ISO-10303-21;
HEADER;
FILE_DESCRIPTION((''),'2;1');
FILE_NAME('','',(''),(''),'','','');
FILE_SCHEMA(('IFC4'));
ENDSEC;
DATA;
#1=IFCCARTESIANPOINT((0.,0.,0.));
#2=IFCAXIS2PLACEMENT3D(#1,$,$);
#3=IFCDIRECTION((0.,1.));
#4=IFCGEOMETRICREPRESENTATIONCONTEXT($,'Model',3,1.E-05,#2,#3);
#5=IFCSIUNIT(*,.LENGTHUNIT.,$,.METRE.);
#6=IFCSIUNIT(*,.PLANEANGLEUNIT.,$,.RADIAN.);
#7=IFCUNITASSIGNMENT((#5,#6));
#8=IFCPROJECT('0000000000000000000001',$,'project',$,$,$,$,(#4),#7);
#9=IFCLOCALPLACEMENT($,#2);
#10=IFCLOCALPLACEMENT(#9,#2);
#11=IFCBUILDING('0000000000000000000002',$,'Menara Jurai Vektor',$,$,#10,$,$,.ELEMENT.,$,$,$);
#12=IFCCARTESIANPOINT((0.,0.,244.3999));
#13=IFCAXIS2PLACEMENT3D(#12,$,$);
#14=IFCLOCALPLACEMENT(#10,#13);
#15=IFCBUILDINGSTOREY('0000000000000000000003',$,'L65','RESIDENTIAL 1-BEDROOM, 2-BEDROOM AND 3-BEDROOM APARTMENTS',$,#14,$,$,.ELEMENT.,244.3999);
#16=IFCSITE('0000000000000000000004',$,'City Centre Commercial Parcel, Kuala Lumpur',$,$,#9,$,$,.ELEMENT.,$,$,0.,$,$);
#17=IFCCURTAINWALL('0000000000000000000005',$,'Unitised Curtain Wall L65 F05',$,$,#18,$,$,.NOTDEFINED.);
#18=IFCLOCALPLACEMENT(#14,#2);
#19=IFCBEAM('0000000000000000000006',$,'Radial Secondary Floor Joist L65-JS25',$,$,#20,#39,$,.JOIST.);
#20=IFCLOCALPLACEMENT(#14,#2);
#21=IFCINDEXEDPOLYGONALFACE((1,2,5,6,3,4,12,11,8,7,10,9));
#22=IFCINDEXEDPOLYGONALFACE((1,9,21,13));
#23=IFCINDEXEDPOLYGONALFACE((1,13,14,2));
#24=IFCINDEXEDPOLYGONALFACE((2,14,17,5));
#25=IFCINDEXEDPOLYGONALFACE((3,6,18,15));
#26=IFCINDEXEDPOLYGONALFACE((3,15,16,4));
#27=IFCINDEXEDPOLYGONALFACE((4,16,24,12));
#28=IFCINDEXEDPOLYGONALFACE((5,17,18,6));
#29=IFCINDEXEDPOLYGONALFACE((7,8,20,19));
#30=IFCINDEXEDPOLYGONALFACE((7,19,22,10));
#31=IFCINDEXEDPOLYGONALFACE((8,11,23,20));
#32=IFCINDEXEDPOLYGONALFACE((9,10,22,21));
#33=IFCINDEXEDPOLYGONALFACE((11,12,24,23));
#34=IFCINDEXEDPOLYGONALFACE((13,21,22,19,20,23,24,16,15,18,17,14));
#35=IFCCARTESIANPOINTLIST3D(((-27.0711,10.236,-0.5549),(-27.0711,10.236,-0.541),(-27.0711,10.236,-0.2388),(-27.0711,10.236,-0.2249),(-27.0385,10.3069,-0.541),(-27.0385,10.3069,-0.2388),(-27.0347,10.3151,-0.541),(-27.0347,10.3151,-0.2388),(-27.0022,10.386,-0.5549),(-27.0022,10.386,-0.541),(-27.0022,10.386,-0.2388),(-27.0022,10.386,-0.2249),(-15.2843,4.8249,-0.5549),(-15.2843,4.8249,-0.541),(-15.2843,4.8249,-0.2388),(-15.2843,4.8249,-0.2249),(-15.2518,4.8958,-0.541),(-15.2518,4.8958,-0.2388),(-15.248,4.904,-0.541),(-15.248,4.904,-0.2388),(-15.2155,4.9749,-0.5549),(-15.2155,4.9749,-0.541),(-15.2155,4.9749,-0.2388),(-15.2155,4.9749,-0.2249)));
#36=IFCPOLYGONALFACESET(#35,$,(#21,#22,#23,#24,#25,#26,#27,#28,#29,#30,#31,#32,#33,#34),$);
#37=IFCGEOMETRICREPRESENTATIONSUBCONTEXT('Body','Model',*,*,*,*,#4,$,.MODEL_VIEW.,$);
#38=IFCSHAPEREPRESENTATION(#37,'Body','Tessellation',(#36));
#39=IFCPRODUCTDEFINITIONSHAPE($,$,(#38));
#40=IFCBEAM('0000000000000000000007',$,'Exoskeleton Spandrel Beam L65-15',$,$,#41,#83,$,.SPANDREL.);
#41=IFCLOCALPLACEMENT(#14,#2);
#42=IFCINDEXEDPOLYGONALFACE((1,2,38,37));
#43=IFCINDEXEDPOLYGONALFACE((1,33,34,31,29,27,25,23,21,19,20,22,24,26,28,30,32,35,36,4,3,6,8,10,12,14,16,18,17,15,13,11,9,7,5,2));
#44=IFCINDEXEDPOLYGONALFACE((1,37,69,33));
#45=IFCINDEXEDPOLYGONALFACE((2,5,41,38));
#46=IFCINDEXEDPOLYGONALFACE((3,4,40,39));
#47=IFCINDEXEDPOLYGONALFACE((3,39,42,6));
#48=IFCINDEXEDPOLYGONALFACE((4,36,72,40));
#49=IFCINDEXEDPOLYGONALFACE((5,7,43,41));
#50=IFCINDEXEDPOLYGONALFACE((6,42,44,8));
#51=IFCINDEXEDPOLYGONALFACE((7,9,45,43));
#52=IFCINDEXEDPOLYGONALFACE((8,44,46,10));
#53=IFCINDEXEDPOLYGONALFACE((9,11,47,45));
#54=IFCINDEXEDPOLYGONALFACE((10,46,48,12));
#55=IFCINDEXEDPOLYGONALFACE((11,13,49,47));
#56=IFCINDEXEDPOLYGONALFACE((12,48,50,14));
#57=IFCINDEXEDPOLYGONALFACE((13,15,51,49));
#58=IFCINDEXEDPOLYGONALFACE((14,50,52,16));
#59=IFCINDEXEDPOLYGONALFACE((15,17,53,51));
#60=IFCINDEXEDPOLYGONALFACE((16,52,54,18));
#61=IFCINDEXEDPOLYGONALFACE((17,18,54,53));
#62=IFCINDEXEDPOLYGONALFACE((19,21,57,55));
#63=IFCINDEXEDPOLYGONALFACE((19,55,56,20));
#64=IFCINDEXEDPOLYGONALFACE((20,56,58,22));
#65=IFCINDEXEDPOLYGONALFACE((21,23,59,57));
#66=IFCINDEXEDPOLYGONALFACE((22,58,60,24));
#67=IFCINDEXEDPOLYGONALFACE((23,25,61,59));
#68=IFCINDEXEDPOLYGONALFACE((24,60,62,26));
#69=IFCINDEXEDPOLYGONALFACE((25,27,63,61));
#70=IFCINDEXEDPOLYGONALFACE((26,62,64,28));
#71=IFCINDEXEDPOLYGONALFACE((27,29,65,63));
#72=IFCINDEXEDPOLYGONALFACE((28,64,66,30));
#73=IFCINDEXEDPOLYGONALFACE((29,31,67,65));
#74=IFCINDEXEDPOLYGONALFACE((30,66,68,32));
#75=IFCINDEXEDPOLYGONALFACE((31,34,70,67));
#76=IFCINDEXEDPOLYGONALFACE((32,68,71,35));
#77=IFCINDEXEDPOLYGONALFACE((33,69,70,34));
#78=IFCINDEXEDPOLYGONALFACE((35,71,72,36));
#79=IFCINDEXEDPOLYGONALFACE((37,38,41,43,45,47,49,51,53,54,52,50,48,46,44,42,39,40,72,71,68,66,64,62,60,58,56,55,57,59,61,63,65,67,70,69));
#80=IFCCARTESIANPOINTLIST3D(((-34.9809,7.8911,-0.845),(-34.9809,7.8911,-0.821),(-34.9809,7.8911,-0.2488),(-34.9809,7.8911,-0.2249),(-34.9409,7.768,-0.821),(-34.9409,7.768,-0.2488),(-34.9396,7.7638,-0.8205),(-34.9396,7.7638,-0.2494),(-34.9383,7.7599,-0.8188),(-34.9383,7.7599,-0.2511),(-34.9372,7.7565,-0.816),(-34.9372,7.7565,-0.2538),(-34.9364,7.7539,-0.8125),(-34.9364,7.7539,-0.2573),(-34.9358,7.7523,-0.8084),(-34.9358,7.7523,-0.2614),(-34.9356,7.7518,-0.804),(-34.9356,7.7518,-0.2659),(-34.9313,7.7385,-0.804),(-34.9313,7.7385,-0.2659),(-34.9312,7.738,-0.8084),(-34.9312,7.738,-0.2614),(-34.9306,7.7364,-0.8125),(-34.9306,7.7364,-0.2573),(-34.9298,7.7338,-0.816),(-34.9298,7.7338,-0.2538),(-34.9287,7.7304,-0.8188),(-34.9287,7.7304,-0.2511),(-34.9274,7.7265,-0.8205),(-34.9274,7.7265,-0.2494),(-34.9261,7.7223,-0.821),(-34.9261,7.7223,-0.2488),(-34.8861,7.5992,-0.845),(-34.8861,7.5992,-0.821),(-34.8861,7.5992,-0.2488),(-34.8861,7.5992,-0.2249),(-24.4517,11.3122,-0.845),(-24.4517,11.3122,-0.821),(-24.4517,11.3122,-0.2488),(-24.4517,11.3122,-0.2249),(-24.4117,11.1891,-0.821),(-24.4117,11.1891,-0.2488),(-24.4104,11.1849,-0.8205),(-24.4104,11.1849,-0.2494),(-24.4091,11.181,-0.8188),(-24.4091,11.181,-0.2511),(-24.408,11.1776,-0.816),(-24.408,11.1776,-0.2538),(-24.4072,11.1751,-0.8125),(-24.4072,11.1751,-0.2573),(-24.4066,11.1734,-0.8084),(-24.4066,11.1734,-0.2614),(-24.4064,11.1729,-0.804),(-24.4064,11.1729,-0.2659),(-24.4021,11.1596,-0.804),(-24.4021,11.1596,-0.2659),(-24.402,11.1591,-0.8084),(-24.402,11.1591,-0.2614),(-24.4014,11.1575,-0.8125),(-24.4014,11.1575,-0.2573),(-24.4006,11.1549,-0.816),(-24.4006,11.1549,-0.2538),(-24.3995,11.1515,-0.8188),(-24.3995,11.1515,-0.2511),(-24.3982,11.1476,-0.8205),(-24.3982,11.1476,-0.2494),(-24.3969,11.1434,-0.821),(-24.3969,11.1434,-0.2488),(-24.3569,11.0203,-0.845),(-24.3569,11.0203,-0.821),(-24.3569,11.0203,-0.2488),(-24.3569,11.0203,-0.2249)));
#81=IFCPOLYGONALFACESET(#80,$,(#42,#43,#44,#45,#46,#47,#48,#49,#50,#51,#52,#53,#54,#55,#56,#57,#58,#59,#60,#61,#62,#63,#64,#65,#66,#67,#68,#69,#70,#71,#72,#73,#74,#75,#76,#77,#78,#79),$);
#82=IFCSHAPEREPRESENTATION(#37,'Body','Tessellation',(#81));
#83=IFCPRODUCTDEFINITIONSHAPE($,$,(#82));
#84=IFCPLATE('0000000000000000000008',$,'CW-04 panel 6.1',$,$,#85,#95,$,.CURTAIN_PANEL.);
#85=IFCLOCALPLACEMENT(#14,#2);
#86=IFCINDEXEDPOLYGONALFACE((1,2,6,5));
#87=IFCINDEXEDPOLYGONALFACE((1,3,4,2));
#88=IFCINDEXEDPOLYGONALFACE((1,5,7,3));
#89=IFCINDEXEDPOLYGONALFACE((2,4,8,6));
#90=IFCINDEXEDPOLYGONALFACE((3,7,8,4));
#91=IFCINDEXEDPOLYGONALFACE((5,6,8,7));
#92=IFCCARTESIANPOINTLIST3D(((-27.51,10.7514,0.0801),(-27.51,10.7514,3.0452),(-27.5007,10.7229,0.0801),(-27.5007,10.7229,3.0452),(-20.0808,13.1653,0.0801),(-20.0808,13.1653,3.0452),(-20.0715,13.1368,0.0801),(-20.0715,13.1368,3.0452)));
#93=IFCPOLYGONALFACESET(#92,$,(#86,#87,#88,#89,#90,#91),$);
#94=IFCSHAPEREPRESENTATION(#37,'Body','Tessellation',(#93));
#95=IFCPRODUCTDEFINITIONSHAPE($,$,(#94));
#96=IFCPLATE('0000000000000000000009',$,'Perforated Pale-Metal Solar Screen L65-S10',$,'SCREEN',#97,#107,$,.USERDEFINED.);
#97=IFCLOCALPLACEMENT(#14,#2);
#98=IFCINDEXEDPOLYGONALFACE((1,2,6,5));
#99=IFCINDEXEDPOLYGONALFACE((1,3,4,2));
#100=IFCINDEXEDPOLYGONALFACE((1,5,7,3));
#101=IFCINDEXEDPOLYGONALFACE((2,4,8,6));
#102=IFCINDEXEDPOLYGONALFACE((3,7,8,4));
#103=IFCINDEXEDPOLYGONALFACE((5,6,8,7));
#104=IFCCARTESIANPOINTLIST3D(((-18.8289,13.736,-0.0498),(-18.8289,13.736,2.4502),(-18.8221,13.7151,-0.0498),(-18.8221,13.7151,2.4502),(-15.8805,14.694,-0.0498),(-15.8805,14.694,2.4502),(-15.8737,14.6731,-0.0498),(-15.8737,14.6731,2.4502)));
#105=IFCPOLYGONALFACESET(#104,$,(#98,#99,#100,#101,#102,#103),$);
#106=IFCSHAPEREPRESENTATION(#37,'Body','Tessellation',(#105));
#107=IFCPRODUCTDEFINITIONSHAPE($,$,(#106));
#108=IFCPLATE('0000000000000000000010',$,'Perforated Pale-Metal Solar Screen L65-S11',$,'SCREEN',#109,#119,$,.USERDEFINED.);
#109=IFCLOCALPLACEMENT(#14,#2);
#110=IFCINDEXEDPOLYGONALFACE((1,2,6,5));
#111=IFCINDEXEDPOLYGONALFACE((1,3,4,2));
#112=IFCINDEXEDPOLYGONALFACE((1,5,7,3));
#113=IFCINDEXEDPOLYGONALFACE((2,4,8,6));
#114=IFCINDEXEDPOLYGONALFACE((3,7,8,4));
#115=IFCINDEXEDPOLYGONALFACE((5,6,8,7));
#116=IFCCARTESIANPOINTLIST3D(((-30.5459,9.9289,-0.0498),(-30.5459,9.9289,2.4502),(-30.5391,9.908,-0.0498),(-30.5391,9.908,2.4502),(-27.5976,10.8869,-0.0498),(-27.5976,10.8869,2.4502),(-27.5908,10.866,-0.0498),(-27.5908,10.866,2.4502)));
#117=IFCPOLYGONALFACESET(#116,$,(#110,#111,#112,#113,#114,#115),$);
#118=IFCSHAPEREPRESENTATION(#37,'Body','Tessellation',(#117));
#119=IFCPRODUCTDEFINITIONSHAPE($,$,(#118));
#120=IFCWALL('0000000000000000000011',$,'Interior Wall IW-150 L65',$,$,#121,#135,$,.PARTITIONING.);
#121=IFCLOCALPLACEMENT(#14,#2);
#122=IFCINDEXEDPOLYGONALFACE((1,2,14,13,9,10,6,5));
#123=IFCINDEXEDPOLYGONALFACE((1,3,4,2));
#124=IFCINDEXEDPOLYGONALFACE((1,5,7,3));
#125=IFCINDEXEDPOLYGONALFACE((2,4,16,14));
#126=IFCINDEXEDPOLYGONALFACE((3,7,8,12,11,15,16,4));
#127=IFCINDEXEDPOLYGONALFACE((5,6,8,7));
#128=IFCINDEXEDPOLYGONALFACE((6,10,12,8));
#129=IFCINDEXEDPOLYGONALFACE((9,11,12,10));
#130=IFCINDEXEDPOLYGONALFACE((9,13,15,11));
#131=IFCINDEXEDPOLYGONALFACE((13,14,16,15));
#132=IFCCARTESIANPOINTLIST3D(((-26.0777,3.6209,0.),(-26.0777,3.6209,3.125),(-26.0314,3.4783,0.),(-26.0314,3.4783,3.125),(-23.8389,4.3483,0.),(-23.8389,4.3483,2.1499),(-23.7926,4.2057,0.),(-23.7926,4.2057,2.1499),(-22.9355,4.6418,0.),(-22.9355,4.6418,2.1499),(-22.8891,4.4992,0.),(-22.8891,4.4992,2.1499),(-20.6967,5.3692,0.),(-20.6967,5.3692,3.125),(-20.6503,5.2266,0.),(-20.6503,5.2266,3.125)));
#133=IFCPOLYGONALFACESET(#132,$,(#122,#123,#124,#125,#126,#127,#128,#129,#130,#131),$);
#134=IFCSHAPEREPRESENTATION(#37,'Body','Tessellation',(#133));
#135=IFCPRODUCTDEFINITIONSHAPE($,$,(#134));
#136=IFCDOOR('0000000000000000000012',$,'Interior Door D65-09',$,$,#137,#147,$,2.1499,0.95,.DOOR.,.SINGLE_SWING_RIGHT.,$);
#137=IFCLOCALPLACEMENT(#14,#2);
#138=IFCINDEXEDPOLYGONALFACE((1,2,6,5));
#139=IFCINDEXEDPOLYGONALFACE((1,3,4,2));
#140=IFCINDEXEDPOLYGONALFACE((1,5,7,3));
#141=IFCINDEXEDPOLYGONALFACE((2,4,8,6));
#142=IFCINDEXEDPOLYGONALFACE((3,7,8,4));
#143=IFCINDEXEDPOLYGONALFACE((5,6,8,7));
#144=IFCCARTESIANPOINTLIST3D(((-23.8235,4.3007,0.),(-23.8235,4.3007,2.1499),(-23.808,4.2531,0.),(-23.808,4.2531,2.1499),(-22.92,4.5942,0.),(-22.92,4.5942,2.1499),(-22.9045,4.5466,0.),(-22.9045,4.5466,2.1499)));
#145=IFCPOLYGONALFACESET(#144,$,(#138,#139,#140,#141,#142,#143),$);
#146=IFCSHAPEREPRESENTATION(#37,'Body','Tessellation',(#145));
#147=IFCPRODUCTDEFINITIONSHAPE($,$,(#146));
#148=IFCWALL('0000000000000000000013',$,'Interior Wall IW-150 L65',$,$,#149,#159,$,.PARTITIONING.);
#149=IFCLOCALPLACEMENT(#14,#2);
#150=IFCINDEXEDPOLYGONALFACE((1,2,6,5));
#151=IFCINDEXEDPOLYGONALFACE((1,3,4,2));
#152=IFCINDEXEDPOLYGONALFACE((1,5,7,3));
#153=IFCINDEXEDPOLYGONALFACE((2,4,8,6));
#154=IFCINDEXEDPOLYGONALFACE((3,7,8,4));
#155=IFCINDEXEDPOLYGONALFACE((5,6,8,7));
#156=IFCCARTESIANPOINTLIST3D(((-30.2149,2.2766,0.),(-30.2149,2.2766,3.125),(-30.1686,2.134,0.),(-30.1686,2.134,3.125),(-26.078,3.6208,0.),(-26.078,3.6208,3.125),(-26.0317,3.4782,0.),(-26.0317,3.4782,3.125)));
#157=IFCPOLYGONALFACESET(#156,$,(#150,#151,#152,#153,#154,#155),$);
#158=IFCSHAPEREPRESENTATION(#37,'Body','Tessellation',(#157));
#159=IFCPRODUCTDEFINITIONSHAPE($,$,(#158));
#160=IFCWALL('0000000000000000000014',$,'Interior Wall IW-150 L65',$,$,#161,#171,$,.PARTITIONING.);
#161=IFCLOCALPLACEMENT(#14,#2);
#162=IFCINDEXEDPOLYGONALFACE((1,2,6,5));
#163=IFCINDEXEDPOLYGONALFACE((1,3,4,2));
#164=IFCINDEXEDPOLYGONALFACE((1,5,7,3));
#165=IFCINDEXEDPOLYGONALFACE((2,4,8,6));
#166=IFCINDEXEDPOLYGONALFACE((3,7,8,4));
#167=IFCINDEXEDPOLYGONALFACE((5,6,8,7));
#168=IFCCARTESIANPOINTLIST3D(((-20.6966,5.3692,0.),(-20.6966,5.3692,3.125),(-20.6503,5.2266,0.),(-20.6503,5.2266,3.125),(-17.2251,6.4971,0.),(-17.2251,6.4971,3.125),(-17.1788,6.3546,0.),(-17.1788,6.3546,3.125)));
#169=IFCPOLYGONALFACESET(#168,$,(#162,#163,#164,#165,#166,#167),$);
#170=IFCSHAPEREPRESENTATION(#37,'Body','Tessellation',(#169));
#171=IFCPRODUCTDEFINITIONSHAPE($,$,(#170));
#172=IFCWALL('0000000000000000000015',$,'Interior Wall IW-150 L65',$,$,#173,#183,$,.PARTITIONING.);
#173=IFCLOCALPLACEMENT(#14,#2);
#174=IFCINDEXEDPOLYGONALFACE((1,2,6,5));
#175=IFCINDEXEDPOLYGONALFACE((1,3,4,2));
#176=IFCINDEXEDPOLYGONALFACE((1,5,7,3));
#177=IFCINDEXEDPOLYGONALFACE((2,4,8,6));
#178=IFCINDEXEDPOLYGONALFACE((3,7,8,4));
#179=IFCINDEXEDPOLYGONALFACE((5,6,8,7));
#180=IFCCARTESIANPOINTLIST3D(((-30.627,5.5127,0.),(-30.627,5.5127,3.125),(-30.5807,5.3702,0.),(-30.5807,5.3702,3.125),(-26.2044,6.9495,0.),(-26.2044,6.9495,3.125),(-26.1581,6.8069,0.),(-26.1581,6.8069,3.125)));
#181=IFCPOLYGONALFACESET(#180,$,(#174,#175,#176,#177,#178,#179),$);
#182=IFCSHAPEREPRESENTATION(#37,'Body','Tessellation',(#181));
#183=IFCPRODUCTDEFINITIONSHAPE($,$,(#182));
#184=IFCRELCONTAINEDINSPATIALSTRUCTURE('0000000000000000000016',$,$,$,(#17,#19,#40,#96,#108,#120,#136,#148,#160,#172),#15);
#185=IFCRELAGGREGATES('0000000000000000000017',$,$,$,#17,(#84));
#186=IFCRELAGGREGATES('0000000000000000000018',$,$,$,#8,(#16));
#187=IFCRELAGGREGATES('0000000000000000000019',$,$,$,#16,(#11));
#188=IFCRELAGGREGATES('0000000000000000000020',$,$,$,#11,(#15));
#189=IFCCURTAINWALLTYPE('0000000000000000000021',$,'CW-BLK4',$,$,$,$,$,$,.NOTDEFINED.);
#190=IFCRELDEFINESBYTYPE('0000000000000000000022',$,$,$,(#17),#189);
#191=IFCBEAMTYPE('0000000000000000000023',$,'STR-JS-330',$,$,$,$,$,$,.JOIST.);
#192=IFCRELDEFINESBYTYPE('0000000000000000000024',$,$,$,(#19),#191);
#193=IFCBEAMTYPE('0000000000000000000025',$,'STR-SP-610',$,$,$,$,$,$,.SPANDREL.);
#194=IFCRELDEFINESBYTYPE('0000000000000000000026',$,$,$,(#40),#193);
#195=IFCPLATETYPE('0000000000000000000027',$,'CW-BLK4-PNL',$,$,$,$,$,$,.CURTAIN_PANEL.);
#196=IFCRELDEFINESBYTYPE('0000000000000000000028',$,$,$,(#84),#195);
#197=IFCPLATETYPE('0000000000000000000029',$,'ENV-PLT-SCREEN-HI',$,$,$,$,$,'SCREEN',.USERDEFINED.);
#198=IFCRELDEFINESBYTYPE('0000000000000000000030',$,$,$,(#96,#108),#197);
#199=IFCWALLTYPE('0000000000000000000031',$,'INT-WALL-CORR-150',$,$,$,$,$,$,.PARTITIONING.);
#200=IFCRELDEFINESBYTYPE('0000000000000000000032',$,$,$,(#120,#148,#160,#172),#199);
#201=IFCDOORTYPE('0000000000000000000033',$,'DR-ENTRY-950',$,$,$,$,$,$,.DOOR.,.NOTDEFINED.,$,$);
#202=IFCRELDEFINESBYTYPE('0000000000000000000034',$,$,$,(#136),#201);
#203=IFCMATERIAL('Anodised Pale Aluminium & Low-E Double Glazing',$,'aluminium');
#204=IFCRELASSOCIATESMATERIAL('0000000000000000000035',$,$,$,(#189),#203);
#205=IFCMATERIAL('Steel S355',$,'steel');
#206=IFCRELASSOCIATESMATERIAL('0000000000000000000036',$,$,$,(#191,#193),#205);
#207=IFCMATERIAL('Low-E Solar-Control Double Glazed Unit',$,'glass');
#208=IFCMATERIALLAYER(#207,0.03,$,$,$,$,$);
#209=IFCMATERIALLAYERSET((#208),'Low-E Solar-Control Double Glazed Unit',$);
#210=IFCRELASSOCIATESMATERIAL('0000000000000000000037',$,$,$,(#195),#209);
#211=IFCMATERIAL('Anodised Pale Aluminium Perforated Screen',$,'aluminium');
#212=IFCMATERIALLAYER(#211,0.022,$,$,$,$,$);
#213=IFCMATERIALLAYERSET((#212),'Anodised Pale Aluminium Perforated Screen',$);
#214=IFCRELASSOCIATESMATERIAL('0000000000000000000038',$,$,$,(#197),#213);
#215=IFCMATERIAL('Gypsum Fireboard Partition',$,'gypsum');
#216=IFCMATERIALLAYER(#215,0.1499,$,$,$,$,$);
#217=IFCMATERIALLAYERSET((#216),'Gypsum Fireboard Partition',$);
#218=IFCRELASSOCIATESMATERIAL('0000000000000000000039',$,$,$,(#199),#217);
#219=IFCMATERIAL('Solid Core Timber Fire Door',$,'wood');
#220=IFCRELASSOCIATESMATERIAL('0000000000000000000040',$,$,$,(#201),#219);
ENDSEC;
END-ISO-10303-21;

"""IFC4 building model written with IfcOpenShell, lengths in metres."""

from ifc_helpers import new_model, si_unit, direction, frame, frame_2d, origin, origin_2d, place, context, subcontext, project, spatial, rectangle, i_section, extrude, material, layer, layer_set, material_profile, profile_set, type_object, element, fill, aggregate, save


model = new_model("IFC4")

# Units and contexts
model_context = context("Model", 3, precision=1e-05, world=origin(), true_north=direction((0.0, 1.0)))
body_context = subcontext(model_context, "Body", "Model", "MODEL_VIEW")
ifc_project = project(units=[si_unit("LENGTHUNIT", "METRE"), si_unit("PLANEANGLEUNIT", "RADIAN")], contexts=[model_context])

# Site, building, storey
site_placement = place(None, origin())
site = spatial("IfcSite", under=ifc_project, at=site_placement, Name="City Centre Commercial Parcel, Kuala Lumpur", CompositionType="ELEMENT", RefElevation=0.0)
building_placement = place(site_placement, origin())
building = spatial("IfcBuilding", under=site, at=building_placement, Name="Menara Jurai Vektor", CompositionType="ELEMENT")
storey_placement = place(building_placement, frame((0.0, 0.0, 244.3999)))
storey = spatial("IfcBuildingStorey", under=building, at=storey_placement, Name="L65", Description="RESIDENTIAL 1-BEDROOM, 2-BEDROOM AND 3-BEDROOM APARTMENTS", CompositionType="ELEMENT", Elevation=244.3999)

# Curtain wall
ifc_material_1 = material(Name="Anodised Pale Aluminium & Low-E Double Glazing", Category="aluminium")
curtain_wall_type = type_object("IfcCurtainWallType", Name="CW-BLK4", PredefinedType="NOTDEFINED", material=ifc_material_1)
curtain_wall_placement = place(storey_placement, origin())
curtain_wall = element("IfcCurtainWall", 1, at=curtain_wall_placement, inside=storey, type_object=curtain_wall_type, Name="Unitised Curtain Wall L65 F05", PredefinedType="NOTDEFINED")

# Beams
ifc_material_2 = material(Name="Steel S355", Category="steel")
ifc_material_profile_1 = material_profile(ifc_material_2, i_section(OverallWidth=0.165, OverallDepth=0.3301, WebThickness=0.009, FlangeThickness=0.0139, at=origin_2d()), Name="PG 330x165x46")
ifc_profile_set_1 = profile_set([ifc_material_profile_1], Name="Steel S355")
beam_type_1 = type_object("IfcBeamType", Name="STR-JS-330", PredefinedType="JOIST", material=ifc_profile_set_1)
beam_1_placement = place(storey_placement, frame((-27.0366, 10.311, -0.3899), z_axis=(0.908804, -0.417224, 0.0), x_axis=(0.417224, 0.908804, 0.0)))
element("IfcBeam", 2, at=beam_1_placement, inside=storey, type_object=beam_type_1, Name="Radial Secondary Floor Joist L65-JS25", PredefinedType="JOIST", context=body_context, shape_type="SweptSolid", body=[
    extrude(i_section(OverallWidth=0.165, OverallDepth=0.3301, WebThickness=0.009, FlangeThickness=0.0139, at=origin_2d()), origin(), (0.0, 0.0, 1.0), 12.9695),
])
ifc_material_profile_2 = material_profile(ifc_material_2, i_section(OverallWidth=0.3069, OverallDepth=0.6201, WebThickness=0.0139, FlangeThickness=0.0239, FilletRadius=0.0171, at=origin_2d()), Name="UKB 610x305x179")
ifc_profile_set_2 = profile_set([ifc_material_profile_2], Name="Steel S355")
beam_type_2 = type_object("IfcBeamType", Name="STR-SP-610", PredefinedType="SPANDREL", material=ifc_profile_set_2)
beam_2_placement = place(storey_placement, frame((-24.4043, 11.1663, -0.5349), z_axis=(-0.951057, -0.309014, 0.0), x_axis=(0.309014, -0.951057, 0.0)))
element("IfcBeam", 3, at=beam_2_placement, inside=storey, type_object=beam_type_2, Name="Exoskeleton Spandrel Beam L65-15", PredefinedType="SPANDREL", context=body_context, shape_type="SweptSolid", body=[
    extrude(i_section(OverallWidth=0.3069, OverallDepth=0.6201, WebThickness=0.0139, FlangeThickness=0.0239, FilletRadius=0.0171, at=origin_2d()), origin(), (0.0, 0.0, 1.0), 11.071),
])

# Plate
ifc_material_3 = material(Name="Low-E Solar-Control Double Glazed Unit", Category="glass")
ifc_layer_1 = layer(ifc_material_3, 0.03)
ifc_layer_set_1 = layer_set([ifc_layer_1], Name="Low-E Solar-Control Double Glazed Unit")
plate_type_1 = type_object("IfcPlateType", Name="CW-BLK4-PNL", PredefinedType="CURTAIN_PANEL", material=ifc_layer_set_1)
plate_placement = place(storey_placement, frame((-23.7908, 11.9441, 0.0801), z_axis=(0.0, 0.0, 1.0), x_axis=(-0.951056, -0.309017, 0.0)))
plate = element("IfcPlate", 4, at=plate_placement, type_object=plate_type_1, Name="CW-04 panel 6.1", PredefinedType="CURTAIN_PANEL", context=body_context, shape_type="SweptSolid", body=[
    extrude(rectangle(XDim=7.8115, YDim=0.03, at=origin_2d()), origin(), (0.0, 0.0, 1.0), 2.9651),
])
aggregate(curtain_wall, [plate])

# Plates
ifc_material_4 = material(Name="Anodised Pale Aluminium Perforated Screen", Category="aluminium")
ifc_layer_2 = layer(ifc_material_4, 0.022)
ifc_layer_set_2 = layer_set([ifc_layer_2], Name="Anodised Pale Aluminium Perforated Screen")
plate_type_2 = type_object("IfcPlateType", Name="ENV-PLT-SCREEN-HI", ElementType="SCREEN", PredefinedType="USERDEFINED", material=ifc_layer_set_2)
for number, where, z_axis, x_axis, name in (
    (5, (-17.3513, 14.2046, -0.0498), (0.0, 0.0, 1.0), (-0.951057, -0.309017, 0.0), "Perforated Pale-Metal Solar Screen L65-S10"),
    (6, (-29.0684, 10.3975, -0.0498), (0.0, 0.0, 1.0), (-0.951057, -0.309017, 0.0), "Perforated Pale-Metal Solar Screen L65-S11"),
):
    element("IfcPlate", number, at=place(storey_placement, frame(where, z_axis=z_axis, x_axis=x_axis)), inside=storey, type_object=plate_type_2, Name=name, ObjectType="SCREEN", PredefinedType="USERDEFINED", context=body_context, shape_type="SweptSolid", body=[
        extrude(rectangle(XDim=3.1001, YDim=0.022, at=origin_2d()), origin(), (0.0, 0.0, 1.0), 2.5),
    ])

# Wall, opening, door
ifc_material_5 = material(Name="Gypsum Fireboard Partition", Category="gypsum")
ifc_layer_3 = layer(ifc_material_5, 0.1499)
ifc_layer_set_3 = layer_set([ifc_layer_3], Name="Gypsum Fireboard Partition")
wall_type_1 = type_object("IfcWallType", Name="INT-WALL-CORR-150", PredefinedType="PARTITIONING", material=ifc_layer_set_3)
wall_1_placement = place(storey_placement, frame((-26.0547, 3.5496, 0.0), z_axis=(0.0, 0.0, 1.0), x_axis=(0.951064, 0.308995, 0.0)))
wall_1 = element("IfcWall", 7, at=wall_1_placement, inside=storey, type_object=wall_type_1, Name="Interior Wall IW-150 L65", PredefinedType="PARTITIONING", context=body_context, shape_type="SweptSolid", body=[
    extrude(rectangle(XDim=5.658, YDim=0.1499, at=frame_2d((2.8291, 0.0))), origin(), (0.0, 0.0, 1.0), 3.125),
])
opening_1_placement = place(wall_1_placement, frame((2.354, 0.0, 0.0)))
opening_1 = element("IfcOpeningElement", 8, at=opening_1_placement, cuts=wall_1, PredefinedType="OPENING", context=body_context, shape_type="SweptSolid", body=[
    extrude(rectangle(XDim=0.95, YDim=2.1499, at=frame_2d((0.4751, 1.075))), frame((0.0, 0.085, 0.0), z_axis=(0.0, -1.0, 0.0), x_axis=(1.0, 0.0, 0.0)), (0.0, 0.0, 1.0), 0.1699),
])
ifc_material_6 = material(Name="Solid Core Timber Fire Door", Category="wood")
door_type_1 = type_object("IfcDoorType", Name="DR-ENTRY-950", OperationType="NOTDEFINED", PredefinedType="DOOR", material=ifc_material_6)
door_1_placement = place(opening_1_placement, origin())
door_1 = element("IfcDoor", 9, at=door_1_placement, inside=storey, type_object=door_type_1, Name="Interior Door D65-09", OperationType="SINGLE_SWING_RIGHT", OverallHeight=2.1499, OverallWidth=0.95, PredefinedType="DOOR", context=body_context, shape_type="SweptSolid", body=[
    extrude(rectangle(XDim=0.95, YDim=2.1499, at=frame_2d((0.4751, 1.075))), frame((0.0, 0.0249, 0.0), z_axis=(0.0, -1.0, 0.0), x_axis=(1.0, 0.0, 0.0)), (0.0, 0.0, 1.0), 0.05),
])
fill(opening_1, door_1)

# Walls
wall_2_placement = place(storey_placement, frame((-30.1917, 2.2053, 0.0), z_axis=(0.0, 0.0, 1.0), x_axis=(0.951053, 0.309029, 0.0)))
element("IfcWall", 10, at=wall_2_placement, inside=storey, type_object=wall_type_1, Name="Interior Wall IW-150 L65", PredefinedType="PARTITIONING", context=body_context, shape_type="SweptSolid", body=[
    extrude(rectangle(XDim=4.3499, YDim=0.1499, at=frame_2d((2.1748, 0.0))), origin(), (0.0, 0.0, 1.0), 3.125),
])
wall_3_placement = place(storey_placement, frame((-20.6736, 5.2979, 0.0), z_axis=(0.0, 0.0, 1.0), x_axis=(0.951057, 0.309015, 0.0)))
element("IfcWall", 11, at=wall_3_placement, inside=storey, type_object=wall_type_1, Name="Interior Wall IW-150 L65", PredefinedType="PARTITIONING", context=body_context, shape_type="SweptSolid", body=[
    extrude(rectangle(XDim=3.6501, YDim=0.1499, at=frame_2d((1.8252, 0.0))), origin(), (0.0, 0.0, 1.0), 3.125),
])

# Wall
wall_4_placement = place(storey_placement, frame((-30.604, 5.4414, 0.0), z_axis=(0.0, 0.0, 1.0), x_axis=(0.951071, 0.308973, 0.0)))
element("IfcWall", 12, at=wall_4_placement, inside=storey, type_object=wall_type_1, Name="Interior Wall IW-150 L65", PredefinedType="PARTITIONING", context=body_context, shape_type="SweptSolid", body=[
    extrude(rectangle(XDim=4.6501, YDim=0.1499, at=frame_2d((2.3252, 0.0))), origin(), (0.0, 0.0, 1.0), 3.125),
])

save(model, "model.ifc")
